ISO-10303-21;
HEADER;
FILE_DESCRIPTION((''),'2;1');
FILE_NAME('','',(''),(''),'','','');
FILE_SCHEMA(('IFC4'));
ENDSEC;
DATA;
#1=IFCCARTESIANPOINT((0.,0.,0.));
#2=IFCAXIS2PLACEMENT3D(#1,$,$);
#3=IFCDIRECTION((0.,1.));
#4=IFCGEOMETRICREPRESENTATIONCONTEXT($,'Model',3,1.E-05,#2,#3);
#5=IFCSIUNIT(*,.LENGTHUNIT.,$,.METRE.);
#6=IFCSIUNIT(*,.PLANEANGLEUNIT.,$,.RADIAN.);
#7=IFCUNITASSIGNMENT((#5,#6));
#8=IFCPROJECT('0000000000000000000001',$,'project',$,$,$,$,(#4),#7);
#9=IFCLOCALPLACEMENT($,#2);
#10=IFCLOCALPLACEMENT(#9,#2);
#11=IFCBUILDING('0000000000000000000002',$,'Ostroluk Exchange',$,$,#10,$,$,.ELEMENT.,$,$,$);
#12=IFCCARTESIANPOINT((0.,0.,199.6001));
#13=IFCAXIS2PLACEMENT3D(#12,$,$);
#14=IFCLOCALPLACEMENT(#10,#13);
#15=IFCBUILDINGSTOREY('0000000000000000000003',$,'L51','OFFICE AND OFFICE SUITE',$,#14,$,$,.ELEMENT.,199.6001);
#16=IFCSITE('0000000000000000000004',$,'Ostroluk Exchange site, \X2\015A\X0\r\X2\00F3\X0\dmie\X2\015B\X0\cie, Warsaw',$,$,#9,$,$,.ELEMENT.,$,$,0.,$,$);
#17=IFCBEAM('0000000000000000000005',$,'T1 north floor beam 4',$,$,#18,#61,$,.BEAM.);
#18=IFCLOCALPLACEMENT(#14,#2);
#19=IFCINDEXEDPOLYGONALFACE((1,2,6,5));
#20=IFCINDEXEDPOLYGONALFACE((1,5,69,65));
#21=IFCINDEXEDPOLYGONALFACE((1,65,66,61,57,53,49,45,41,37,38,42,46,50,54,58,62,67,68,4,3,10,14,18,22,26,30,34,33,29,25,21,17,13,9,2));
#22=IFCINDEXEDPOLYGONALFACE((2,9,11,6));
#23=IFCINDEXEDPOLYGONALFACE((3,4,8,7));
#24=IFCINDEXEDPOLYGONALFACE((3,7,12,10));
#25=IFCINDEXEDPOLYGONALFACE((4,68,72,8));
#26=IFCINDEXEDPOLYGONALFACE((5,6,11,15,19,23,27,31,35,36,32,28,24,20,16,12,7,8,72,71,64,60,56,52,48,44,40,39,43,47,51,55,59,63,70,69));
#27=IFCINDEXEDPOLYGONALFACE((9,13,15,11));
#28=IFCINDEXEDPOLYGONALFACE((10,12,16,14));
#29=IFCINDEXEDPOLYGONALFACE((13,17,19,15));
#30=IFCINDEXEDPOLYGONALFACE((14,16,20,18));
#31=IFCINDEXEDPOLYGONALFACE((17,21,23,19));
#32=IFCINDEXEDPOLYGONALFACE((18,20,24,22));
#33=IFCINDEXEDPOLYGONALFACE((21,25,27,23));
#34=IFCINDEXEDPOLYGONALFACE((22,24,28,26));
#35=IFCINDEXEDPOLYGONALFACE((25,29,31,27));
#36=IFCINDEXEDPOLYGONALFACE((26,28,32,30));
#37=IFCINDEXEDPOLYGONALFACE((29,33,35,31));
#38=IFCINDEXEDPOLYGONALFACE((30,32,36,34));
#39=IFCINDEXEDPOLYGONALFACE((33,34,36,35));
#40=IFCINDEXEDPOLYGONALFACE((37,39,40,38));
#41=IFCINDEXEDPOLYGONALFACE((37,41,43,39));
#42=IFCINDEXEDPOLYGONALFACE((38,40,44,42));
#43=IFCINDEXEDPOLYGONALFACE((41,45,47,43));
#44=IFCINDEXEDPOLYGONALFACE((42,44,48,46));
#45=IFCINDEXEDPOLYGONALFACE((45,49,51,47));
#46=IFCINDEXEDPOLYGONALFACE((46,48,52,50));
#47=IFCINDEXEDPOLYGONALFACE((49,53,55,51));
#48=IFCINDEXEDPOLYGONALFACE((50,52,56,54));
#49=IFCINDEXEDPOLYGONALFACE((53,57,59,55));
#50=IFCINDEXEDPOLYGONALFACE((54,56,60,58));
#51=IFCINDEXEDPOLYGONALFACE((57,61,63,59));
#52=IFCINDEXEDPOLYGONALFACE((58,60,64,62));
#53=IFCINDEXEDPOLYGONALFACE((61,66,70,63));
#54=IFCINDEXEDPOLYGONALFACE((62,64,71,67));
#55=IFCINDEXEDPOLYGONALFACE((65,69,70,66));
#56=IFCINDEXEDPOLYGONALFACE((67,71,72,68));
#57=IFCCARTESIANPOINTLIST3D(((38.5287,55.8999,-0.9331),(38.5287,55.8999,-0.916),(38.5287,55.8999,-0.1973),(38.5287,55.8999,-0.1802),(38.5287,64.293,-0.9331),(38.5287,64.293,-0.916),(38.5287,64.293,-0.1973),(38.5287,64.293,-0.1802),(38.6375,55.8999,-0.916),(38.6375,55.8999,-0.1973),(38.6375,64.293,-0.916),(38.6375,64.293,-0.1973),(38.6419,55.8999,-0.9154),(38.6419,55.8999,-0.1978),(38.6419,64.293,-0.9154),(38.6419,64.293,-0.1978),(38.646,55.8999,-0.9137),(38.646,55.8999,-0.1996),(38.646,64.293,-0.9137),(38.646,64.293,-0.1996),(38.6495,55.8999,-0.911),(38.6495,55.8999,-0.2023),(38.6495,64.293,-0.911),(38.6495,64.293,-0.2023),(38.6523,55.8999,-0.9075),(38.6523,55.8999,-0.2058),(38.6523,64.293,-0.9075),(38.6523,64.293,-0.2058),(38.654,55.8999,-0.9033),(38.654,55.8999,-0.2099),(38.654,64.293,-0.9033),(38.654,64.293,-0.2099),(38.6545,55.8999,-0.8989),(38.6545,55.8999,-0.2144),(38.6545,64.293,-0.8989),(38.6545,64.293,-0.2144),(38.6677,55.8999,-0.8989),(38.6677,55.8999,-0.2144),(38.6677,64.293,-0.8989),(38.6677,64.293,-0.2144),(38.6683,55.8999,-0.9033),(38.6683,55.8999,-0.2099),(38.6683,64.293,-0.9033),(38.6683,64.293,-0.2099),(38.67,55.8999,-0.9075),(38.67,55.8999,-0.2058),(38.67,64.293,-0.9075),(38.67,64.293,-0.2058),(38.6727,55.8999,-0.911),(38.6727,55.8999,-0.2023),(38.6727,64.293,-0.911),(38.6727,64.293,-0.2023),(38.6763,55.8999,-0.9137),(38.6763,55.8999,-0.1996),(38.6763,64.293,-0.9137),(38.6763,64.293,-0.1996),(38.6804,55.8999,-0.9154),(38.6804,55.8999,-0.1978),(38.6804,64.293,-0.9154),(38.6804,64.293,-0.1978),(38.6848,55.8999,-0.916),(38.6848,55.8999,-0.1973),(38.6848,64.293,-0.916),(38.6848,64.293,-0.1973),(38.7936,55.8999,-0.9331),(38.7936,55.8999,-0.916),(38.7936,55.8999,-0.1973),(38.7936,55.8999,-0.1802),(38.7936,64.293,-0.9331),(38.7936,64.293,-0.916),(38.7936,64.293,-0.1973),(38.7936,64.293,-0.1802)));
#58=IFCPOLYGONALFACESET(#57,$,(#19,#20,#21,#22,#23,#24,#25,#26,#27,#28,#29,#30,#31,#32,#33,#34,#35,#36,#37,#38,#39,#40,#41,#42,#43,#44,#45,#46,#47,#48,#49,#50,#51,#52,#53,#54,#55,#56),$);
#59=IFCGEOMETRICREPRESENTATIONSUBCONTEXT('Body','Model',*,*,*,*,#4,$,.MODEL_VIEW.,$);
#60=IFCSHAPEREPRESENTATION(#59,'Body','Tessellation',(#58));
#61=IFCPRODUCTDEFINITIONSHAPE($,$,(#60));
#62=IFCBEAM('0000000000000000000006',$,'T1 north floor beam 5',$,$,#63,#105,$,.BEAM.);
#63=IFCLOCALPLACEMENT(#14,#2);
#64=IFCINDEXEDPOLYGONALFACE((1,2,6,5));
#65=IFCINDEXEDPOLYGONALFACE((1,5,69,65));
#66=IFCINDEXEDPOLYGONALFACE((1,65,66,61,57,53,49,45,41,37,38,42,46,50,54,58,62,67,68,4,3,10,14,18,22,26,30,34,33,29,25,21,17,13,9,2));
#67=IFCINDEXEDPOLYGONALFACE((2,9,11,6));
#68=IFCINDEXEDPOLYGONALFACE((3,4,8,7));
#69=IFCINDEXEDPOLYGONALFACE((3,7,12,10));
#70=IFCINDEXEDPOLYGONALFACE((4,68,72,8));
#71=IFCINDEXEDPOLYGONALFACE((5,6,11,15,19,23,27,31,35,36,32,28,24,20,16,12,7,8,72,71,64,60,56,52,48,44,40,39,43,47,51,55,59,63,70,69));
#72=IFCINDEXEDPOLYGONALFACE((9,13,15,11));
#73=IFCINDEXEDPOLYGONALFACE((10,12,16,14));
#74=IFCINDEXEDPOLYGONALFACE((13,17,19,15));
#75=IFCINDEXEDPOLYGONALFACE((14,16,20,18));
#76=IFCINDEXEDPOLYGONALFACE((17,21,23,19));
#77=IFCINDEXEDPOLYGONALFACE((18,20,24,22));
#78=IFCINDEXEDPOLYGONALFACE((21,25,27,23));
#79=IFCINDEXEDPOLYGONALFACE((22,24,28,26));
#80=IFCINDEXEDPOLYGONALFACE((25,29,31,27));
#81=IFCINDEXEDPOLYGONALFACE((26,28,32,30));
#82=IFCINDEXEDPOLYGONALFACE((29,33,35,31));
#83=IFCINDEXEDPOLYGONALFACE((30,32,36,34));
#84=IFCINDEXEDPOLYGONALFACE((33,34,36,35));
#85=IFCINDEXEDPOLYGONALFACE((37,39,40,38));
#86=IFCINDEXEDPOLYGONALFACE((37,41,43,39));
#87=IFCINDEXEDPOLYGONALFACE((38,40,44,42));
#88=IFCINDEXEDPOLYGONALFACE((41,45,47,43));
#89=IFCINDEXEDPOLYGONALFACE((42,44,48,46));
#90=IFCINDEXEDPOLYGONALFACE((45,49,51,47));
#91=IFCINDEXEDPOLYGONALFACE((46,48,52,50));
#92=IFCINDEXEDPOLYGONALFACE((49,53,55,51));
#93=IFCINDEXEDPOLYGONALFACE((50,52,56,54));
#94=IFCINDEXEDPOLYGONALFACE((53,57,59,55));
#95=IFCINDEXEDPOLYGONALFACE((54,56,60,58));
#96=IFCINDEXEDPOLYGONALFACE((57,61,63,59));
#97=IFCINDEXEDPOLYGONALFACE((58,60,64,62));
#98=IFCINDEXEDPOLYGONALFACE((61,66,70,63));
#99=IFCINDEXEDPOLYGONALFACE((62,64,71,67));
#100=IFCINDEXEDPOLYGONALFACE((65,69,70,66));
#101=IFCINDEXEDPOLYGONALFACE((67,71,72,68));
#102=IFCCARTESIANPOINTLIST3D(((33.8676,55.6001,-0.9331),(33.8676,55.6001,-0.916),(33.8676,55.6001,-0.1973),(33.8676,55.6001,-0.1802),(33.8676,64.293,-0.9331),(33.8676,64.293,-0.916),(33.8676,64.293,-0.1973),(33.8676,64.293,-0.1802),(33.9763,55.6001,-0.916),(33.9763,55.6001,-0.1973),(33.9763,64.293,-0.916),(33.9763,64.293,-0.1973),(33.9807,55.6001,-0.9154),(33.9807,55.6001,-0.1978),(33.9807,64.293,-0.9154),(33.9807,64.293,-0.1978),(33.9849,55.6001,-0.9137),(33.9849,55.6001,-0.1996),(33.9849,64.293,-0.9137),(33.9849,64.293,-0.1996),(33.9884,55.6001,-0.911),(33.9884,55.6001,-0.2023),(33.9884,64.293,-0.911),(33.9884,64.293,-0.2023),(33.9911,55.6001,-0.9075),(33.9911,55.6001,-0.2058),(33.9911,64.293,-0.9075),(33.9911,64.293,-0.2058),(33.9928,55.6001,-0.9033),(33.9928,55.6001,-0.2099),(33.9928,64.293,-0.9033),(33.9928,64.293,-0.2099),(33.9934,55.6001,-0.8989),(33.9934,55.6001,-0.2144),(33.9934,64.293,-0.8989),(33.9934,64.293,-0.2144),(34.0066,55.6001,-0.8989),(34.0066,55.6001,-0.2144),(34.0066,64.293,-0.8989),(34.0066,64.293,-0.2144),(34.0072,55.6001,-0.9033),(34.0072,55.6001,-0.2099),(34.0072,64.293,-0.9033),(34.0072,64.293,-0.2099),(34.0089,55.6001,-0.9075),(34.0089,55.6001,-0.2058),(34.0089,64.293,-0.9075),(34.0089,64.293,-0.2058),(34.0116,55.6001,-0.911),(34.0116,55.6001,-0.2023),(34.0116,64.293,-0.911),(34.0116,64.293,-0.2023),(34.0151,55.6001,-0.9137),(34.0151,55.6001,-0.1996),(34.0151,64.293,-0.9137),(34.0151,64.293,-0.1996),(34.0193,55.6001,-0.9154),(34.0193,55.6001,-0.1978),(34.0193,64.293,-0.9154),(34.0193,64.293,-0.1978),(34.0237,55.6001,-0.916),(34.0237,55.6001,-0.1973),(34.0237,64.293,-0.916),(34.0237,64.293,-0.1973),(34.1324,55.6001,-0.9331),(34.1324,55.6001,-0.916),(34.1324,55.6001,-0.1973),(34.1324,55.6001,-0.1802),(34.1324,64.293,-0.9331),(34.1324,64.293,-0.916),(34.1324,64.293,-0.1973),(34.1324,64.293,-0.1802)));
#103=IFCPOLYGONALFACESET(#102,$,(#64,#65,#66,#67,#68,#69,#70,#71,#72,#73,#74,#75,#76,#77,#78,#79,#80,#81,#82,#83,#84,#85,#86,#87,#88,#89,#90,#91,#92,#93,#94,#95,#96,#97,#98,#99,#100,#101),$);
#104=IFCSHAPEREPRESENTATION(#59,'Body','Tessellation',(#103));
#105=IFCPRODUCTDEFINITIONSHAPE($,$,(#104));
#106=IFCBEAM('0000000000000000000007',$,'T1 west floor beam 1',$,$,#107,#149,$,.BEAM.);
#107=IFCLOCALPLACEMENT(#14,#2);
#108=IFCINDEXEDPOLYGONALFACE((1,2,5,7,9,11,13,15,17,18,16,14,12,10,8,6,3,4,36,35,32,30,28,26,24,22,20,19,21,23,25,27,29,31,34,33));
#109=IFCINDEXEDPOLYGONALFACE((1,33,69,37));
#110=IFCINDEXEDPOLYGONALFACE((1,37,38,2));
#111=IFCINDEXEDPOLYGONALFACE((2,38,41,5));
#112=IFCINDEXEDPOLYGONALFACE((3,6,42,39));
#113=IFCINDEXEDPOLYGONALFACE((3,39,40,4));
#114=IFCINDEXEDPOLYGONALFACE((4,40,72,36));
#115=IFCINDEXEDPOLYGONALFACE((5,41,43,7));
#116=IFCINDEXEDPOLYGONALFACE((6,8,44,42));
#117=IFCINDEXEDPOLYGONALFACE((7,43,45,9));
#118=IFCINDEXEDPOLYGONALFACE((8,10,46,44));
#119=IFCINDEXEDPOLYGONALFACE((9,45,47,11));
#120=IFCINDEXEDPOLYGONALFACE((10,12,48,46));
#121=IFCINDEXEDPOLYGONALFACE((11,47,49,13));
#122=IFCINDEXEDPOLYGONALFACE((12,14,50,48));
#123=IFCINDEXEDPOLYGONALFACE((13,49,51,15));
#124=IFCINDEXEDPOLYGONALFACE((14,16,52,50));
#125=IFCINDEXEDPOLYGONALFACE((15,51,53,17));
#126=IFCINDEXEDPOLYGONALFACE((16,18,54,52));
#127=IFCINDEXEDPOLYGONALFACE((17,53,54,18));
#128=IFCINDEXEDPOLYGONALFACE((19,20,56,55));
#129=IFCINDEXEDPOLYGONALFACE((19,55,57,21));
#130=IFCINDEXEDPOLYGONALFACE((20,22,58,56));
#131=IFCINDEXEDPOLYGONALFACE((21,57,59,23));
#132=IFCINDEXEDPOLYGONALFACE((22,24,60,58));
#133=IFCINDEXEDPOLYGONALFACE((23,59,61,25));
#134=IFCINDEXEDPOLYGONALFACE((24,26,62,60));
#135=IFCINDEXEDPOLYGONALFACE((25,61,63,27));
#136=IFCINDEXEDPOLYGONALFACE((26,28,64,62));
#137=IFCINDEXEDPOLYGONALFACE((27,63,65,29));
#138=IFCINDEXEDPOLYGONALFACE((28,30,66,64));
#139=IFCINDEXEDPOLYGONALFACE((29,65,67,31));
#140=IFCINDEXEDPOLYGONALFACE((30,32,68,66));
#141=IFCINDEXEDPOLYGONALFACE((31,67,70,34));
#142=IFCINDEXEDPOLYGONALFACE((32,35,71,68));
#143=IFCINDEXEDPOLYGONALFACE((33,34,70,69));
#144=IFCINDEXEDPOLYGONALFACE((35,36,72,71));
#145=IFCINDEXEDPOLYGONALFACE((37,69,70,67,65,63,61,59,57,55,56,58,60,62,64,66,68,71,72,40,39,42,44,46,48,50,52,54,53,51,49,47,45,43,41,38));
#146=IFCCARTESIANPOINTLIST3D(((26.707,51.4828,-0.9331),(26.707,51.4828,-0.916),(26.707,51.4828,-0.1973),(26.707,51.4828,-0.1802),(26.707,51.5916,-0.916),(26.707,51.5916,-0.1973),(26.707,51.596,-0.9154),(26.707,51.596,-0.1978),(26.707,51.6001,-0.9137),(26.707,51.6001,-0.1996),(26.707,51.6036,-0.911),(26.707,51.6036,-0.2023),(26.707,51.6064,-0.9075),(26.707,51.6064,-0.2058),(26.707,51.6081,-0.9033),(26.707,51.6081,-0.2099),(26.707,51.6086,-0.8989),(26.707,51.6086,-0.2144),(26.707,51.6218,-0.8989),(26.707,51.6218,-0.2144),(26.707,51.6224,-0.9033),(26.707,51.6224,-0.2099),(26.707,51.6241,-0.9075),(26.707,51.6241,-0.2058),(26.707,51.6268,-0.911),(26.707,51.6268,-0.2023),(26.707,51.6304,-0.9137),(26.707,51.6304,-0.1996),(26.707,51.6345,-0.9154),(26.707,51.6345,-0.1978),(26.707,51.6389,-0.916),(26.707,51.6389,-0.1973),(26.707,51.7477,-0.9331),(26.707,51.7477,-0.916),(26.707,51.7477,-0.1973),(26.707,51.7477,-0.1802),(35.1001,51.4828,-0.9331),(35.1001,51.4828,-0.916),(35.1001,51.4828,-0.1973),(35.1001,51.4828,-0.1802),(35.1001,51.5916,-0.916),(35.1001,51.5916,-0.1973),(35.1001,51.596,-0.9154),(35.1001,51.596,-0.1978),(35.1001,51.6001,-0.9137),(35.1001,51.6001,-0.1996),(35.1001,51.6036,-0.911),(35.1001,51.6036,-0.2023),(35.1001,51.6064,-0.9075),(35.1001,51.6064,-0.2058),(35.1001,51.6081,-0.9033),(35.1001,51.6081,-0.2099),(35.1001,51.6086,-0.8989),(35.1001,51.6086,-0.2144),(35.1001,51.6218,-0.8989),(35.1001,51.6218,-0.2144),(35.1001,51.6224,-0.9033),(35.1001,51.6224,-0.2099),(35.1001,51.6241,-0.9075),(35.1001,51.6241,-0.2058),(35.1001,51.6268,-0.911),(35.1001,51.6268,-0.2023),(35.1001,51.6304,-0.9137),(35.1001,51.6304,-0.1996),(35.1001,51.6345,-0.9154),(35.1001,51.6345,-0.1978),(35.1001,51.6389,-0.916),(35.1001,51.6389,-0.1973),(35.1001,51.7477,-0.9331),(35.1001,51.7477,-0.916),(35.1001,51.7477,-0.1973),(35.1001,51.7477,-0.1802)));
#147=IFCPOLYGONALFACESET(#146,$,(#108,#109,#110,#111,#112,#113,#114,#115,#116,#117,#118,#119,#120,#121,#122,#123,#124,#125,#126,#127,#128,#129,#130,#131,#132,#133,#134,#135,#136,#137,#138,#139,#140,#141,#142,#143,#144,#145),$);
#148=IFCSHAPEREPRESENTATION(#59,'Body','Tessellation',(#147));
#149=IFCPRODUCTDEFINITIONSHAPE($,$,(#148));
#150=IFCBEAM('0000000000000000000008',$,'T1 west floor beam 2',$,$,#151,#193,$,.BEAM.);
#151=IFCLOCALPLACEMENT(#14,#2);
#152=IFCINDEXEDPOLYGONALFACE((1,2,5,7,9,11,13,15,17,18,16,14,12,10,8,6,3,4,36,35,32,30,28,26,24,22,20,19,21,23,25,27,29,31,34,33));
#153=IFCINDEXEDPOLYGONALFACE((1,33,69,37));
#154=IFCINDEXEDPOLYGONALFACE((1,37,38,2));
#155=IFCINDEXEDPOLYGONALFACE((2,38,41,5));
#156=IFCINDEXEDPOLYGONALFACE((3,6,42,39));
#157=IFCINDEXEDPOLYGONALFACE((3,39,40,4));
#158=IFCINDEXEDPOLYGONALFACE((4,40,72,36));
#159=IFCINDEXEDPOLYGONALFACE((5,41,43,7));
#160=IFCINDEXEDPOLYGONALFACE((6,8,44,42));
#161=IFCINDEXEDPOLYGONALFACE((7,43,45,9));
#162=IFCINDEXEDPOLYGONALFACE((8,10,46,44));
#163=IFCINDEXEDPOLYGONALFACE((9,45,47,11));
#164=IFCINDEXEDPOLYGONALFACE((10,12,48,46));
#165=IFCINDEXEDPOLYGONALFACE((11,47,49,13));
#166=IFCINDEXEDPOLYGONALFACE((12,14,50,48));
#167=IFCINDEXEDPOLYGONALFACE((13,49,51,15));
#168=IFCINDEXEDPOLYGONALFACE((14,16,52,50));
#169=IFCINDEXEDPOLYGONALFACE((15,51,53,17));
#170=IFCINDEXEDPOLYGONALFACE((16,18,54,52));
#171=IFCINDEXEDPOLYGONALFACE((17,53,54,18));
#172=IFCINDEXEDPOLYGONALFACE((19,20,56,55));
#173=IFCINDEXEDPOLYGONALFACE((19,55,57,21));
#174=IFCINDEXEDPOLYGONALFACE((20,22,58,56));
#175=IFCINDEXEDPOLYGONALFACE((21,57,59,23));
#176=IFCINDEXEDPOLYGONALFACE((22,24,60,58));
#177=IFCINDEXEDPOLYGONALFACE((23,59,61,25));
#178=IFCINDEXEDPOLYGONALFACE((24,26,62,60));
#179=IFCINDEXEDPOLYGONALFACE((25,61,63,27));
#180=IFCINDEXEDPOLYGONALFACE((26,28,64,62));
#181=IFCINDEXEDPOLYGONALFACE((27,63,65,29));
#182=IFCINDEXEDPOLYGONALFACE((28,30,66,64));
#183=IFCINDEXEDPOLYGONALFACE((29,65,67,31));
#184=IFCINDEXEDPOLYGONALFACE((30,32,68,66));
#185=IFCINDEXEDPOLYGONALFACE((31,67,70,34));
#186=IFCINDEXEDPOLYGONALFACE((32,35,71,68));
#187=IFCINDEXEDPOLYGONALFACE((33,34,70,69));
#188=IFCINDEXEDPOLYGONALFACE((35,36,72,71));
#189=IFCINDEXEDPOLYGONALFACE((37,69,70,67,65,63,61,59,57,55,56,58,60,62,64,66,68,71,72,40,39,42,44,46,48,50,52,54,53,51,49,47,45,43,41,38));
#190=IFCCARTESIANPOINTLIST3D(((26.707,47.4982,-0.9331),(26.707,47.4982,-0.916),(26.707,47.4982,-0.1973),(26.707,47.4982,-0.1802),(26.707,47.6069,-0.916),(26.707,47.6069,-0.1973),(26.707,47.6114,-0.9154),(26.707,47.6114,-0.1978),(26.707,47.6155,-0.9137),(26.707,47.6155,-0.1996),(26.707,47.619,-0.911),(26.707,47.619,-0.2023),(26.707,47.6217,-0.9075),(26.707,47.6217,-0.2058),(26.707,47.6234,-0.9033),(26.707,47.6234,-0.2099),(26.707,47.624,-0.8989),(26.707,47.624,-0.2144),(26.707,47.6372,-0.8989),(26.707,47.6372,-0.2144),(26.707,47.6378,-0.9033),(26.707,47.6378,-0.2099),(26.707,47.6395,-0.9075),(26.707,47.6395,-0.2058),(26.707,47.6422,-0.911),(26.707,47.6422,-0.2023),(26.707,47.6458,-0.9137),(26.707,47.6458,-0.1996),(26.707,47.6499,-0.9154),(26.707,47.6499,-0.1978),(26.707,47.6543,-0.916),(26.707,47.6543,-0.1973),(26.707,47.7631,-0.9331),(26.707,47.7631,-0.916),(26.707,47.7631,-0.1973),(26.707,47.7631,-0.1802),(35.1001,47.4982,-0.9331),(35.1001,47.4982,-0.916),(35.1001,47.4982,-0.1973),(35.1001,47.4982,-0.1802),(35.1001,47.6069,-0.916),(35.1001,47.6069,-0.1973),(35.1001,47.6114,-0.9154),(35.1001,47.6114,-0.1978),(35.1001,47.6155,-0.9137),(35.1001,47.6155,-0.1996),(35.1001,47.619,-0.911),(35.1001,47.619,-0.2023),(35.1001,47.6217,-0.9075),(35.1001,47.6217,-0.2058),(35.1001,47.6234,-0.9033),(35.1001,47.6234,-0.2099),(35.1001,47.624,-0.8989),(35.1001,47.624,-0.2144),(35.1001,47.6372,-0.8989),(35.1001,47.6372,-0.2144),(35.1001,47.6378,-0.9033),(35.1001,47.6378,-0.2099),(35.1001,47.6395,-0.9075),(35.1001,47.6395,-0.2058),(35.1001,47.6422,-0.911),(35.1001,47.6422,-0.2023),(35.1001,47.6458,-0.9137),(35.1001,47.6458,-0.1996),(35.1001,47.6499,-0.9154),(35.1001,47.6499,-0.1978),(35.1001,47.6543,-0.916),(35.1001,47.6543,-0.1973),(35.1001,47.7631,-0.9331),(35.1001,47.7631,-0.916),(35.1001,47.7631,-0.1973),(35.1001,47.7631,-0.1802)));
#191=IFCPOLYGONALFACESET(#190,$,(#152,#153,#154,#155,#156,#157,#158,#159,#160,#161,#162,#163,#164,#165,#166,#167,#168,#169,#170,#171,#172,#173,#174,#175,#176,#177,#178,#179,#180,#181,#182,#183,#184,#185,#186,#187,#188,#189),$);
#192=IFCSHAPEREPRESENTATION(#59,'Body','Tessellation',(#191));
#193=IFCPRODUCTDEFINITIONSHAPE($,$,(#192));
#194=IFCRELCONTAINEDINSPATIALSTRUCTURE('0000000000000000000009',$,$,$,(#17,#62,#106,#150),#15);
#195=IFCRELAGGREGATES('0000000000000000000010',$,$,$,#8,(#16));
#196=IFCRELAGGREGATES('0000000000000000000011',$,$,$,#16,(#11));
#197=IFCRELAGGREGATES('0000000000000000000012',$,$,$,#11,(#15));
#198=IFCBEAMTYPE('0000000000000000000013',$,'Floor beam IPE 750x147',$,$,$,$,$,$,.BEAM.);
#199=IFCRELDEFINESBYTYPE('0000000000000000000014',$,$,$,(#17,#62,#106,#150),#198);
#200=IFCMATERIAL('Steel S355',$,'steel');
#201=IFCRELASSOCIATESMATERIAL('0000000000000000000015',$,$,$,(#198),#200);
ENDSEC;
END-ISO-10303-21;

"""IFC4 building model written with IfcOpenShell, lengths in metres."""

from ifc_helpers import new_model, si_unit, direction, frame, origin, origin_2d, place, context, subcontext, project, spatial, i_section, extrude, material, material_profile, profile_set, type_object, element, save


model = new_model("IFC4")

# Units and contexts
model_context = context("Model", 3, precision=1e-05, world=origin(), true_north=direction((0.0, 1.0)))
body_context = subcontext(model_context, "Body", "Model", "MODEL_VIEW")
ifc_project = project(units=[si_unit("LENGTHUNIT", "METRE"), si_unit("PLANEANGLEUNIT", "RADIAN")], contexts=[model_context])

# Site, building, storey
site_placement = place(None, origin())
site = spatial("IfcSite", under=ifc_project, at=site_placement, Name="Ostroluk Exchange site, Śródmieście, Warsaw", CompositionType="ELEMENT", RefElevation=0.0)
building_placement = place(site_placement, origin())
building = spatial("IfcBuilding", under=site, at=building_placement, Name="Ostroluk Exchange", CompositionType="ELEMENT")
storey_placement = place(building_placement, frame((0.0, 0.0, 199.6001)))
storey = spatial("IfcBuildingStorey", under=building, at=storey_placement, Name="L51", Description="OFFICE AND OFFICE SUITE", CompositionType="ELEMENT", Elevation=199.6001)

# Beams
ifc_material_1 = material(Name="Steel S355", Category="steel")
ifc_material_profile_1 = material_profile(ifc_material_1, i_section(OverallWidth=0.2649, OverallDepth=0.7529, WebThickness=0.0132, FlangeThickness=0.0171, FilletRadius=0.0171, at=origin_2d()), Name="IPE 750x147")
ifc_profile_set_1 = profile_set([ifc_material_profile_1], Name="Steel S355")
beam_type_1 = type_object("IfcBeamType", Name="Floor beam IPE 750x147", PredefinedType="BEAM", material=ifc_profile_set_1)
beam_1_placement = place(storey_placement, frame((38.6611, 55.8999, -0.5566), z_axis=(0.0, 1.0, 0.0), x_axis=(-1.0, 0.0, 0.0)))
element("IfcBeam", 1, at=beam_1_placement, inside=storey, type_object=beam_type_1, Name="T1 north floor beam 4", PredefinedType="BEAM", context=body_context, shape_type="SweptSolid", body=[
    extrude(i_section(OverallWidth=0.2649, OverallDepth=0.7529, WebThickness=0.0132, FlangeThickness=0.0171, FilletRadius=0.0171, at=origin_2d()), origin(), (0.0, 0.0, 1.0), 8.3931),
])
beam_2_placement = place(storey_placement, frame((34.0, 55.6001, -0.5566), z_axis=(0.0, 1.0, 0.0), x_axis=(-1.0, 0.0, 0.0)))
element("IfcBeam", 2, at=beam_2_placement, inside=storey, type_object=beam_type_1, Name="T1 north floor beam 5", PredefinedType="BEAM", context=body_context, shape_type="SweptSolid", body=[
    extrude(i_section(OverallWidth=0.2649, OverallDepth=0.7529, WebThickness=0.0132, FlangeThickness=0.0171, FilletRadius=0.0171, at=origin_2d()), origin(), (0.0, 0.0, 1.0), 8.6929),
])
for number, where, z_axis, x_axis, name in (
    (3, (35.1001, 51.6152, -0.5566), (-1.0, 0.0, 0.0), (0.0, -1.0, 0.0), "T1 west floor beam 1"),
    (4, (35.1001, 47.6306, -0.5566), (-1.0, 0.0, 0.0), (0.0, -1.0, 0.0), "T1 west floor beam 2"),
):
    element("IfcBeam", number, at=place(storey_placement, frame(where, z_axis=z_axis, x_axis=x_axis)), inside=storey, type_object=beam_type_1, Name=name, PredefinedType="BEAM", context=body_context, shape_type="SweptSolid", body=[
        extrude(i_section(OverallWidth=0.2649, OverallDepth=0.7529, WebThickness=0.0132, FlangeThickness=0.0171, FilletRadius=0.0171, at=origin_2d()), origin(), (0.0, 0.0, 1.0), 8.3931),
    ])

save(model, "model.ifc")
